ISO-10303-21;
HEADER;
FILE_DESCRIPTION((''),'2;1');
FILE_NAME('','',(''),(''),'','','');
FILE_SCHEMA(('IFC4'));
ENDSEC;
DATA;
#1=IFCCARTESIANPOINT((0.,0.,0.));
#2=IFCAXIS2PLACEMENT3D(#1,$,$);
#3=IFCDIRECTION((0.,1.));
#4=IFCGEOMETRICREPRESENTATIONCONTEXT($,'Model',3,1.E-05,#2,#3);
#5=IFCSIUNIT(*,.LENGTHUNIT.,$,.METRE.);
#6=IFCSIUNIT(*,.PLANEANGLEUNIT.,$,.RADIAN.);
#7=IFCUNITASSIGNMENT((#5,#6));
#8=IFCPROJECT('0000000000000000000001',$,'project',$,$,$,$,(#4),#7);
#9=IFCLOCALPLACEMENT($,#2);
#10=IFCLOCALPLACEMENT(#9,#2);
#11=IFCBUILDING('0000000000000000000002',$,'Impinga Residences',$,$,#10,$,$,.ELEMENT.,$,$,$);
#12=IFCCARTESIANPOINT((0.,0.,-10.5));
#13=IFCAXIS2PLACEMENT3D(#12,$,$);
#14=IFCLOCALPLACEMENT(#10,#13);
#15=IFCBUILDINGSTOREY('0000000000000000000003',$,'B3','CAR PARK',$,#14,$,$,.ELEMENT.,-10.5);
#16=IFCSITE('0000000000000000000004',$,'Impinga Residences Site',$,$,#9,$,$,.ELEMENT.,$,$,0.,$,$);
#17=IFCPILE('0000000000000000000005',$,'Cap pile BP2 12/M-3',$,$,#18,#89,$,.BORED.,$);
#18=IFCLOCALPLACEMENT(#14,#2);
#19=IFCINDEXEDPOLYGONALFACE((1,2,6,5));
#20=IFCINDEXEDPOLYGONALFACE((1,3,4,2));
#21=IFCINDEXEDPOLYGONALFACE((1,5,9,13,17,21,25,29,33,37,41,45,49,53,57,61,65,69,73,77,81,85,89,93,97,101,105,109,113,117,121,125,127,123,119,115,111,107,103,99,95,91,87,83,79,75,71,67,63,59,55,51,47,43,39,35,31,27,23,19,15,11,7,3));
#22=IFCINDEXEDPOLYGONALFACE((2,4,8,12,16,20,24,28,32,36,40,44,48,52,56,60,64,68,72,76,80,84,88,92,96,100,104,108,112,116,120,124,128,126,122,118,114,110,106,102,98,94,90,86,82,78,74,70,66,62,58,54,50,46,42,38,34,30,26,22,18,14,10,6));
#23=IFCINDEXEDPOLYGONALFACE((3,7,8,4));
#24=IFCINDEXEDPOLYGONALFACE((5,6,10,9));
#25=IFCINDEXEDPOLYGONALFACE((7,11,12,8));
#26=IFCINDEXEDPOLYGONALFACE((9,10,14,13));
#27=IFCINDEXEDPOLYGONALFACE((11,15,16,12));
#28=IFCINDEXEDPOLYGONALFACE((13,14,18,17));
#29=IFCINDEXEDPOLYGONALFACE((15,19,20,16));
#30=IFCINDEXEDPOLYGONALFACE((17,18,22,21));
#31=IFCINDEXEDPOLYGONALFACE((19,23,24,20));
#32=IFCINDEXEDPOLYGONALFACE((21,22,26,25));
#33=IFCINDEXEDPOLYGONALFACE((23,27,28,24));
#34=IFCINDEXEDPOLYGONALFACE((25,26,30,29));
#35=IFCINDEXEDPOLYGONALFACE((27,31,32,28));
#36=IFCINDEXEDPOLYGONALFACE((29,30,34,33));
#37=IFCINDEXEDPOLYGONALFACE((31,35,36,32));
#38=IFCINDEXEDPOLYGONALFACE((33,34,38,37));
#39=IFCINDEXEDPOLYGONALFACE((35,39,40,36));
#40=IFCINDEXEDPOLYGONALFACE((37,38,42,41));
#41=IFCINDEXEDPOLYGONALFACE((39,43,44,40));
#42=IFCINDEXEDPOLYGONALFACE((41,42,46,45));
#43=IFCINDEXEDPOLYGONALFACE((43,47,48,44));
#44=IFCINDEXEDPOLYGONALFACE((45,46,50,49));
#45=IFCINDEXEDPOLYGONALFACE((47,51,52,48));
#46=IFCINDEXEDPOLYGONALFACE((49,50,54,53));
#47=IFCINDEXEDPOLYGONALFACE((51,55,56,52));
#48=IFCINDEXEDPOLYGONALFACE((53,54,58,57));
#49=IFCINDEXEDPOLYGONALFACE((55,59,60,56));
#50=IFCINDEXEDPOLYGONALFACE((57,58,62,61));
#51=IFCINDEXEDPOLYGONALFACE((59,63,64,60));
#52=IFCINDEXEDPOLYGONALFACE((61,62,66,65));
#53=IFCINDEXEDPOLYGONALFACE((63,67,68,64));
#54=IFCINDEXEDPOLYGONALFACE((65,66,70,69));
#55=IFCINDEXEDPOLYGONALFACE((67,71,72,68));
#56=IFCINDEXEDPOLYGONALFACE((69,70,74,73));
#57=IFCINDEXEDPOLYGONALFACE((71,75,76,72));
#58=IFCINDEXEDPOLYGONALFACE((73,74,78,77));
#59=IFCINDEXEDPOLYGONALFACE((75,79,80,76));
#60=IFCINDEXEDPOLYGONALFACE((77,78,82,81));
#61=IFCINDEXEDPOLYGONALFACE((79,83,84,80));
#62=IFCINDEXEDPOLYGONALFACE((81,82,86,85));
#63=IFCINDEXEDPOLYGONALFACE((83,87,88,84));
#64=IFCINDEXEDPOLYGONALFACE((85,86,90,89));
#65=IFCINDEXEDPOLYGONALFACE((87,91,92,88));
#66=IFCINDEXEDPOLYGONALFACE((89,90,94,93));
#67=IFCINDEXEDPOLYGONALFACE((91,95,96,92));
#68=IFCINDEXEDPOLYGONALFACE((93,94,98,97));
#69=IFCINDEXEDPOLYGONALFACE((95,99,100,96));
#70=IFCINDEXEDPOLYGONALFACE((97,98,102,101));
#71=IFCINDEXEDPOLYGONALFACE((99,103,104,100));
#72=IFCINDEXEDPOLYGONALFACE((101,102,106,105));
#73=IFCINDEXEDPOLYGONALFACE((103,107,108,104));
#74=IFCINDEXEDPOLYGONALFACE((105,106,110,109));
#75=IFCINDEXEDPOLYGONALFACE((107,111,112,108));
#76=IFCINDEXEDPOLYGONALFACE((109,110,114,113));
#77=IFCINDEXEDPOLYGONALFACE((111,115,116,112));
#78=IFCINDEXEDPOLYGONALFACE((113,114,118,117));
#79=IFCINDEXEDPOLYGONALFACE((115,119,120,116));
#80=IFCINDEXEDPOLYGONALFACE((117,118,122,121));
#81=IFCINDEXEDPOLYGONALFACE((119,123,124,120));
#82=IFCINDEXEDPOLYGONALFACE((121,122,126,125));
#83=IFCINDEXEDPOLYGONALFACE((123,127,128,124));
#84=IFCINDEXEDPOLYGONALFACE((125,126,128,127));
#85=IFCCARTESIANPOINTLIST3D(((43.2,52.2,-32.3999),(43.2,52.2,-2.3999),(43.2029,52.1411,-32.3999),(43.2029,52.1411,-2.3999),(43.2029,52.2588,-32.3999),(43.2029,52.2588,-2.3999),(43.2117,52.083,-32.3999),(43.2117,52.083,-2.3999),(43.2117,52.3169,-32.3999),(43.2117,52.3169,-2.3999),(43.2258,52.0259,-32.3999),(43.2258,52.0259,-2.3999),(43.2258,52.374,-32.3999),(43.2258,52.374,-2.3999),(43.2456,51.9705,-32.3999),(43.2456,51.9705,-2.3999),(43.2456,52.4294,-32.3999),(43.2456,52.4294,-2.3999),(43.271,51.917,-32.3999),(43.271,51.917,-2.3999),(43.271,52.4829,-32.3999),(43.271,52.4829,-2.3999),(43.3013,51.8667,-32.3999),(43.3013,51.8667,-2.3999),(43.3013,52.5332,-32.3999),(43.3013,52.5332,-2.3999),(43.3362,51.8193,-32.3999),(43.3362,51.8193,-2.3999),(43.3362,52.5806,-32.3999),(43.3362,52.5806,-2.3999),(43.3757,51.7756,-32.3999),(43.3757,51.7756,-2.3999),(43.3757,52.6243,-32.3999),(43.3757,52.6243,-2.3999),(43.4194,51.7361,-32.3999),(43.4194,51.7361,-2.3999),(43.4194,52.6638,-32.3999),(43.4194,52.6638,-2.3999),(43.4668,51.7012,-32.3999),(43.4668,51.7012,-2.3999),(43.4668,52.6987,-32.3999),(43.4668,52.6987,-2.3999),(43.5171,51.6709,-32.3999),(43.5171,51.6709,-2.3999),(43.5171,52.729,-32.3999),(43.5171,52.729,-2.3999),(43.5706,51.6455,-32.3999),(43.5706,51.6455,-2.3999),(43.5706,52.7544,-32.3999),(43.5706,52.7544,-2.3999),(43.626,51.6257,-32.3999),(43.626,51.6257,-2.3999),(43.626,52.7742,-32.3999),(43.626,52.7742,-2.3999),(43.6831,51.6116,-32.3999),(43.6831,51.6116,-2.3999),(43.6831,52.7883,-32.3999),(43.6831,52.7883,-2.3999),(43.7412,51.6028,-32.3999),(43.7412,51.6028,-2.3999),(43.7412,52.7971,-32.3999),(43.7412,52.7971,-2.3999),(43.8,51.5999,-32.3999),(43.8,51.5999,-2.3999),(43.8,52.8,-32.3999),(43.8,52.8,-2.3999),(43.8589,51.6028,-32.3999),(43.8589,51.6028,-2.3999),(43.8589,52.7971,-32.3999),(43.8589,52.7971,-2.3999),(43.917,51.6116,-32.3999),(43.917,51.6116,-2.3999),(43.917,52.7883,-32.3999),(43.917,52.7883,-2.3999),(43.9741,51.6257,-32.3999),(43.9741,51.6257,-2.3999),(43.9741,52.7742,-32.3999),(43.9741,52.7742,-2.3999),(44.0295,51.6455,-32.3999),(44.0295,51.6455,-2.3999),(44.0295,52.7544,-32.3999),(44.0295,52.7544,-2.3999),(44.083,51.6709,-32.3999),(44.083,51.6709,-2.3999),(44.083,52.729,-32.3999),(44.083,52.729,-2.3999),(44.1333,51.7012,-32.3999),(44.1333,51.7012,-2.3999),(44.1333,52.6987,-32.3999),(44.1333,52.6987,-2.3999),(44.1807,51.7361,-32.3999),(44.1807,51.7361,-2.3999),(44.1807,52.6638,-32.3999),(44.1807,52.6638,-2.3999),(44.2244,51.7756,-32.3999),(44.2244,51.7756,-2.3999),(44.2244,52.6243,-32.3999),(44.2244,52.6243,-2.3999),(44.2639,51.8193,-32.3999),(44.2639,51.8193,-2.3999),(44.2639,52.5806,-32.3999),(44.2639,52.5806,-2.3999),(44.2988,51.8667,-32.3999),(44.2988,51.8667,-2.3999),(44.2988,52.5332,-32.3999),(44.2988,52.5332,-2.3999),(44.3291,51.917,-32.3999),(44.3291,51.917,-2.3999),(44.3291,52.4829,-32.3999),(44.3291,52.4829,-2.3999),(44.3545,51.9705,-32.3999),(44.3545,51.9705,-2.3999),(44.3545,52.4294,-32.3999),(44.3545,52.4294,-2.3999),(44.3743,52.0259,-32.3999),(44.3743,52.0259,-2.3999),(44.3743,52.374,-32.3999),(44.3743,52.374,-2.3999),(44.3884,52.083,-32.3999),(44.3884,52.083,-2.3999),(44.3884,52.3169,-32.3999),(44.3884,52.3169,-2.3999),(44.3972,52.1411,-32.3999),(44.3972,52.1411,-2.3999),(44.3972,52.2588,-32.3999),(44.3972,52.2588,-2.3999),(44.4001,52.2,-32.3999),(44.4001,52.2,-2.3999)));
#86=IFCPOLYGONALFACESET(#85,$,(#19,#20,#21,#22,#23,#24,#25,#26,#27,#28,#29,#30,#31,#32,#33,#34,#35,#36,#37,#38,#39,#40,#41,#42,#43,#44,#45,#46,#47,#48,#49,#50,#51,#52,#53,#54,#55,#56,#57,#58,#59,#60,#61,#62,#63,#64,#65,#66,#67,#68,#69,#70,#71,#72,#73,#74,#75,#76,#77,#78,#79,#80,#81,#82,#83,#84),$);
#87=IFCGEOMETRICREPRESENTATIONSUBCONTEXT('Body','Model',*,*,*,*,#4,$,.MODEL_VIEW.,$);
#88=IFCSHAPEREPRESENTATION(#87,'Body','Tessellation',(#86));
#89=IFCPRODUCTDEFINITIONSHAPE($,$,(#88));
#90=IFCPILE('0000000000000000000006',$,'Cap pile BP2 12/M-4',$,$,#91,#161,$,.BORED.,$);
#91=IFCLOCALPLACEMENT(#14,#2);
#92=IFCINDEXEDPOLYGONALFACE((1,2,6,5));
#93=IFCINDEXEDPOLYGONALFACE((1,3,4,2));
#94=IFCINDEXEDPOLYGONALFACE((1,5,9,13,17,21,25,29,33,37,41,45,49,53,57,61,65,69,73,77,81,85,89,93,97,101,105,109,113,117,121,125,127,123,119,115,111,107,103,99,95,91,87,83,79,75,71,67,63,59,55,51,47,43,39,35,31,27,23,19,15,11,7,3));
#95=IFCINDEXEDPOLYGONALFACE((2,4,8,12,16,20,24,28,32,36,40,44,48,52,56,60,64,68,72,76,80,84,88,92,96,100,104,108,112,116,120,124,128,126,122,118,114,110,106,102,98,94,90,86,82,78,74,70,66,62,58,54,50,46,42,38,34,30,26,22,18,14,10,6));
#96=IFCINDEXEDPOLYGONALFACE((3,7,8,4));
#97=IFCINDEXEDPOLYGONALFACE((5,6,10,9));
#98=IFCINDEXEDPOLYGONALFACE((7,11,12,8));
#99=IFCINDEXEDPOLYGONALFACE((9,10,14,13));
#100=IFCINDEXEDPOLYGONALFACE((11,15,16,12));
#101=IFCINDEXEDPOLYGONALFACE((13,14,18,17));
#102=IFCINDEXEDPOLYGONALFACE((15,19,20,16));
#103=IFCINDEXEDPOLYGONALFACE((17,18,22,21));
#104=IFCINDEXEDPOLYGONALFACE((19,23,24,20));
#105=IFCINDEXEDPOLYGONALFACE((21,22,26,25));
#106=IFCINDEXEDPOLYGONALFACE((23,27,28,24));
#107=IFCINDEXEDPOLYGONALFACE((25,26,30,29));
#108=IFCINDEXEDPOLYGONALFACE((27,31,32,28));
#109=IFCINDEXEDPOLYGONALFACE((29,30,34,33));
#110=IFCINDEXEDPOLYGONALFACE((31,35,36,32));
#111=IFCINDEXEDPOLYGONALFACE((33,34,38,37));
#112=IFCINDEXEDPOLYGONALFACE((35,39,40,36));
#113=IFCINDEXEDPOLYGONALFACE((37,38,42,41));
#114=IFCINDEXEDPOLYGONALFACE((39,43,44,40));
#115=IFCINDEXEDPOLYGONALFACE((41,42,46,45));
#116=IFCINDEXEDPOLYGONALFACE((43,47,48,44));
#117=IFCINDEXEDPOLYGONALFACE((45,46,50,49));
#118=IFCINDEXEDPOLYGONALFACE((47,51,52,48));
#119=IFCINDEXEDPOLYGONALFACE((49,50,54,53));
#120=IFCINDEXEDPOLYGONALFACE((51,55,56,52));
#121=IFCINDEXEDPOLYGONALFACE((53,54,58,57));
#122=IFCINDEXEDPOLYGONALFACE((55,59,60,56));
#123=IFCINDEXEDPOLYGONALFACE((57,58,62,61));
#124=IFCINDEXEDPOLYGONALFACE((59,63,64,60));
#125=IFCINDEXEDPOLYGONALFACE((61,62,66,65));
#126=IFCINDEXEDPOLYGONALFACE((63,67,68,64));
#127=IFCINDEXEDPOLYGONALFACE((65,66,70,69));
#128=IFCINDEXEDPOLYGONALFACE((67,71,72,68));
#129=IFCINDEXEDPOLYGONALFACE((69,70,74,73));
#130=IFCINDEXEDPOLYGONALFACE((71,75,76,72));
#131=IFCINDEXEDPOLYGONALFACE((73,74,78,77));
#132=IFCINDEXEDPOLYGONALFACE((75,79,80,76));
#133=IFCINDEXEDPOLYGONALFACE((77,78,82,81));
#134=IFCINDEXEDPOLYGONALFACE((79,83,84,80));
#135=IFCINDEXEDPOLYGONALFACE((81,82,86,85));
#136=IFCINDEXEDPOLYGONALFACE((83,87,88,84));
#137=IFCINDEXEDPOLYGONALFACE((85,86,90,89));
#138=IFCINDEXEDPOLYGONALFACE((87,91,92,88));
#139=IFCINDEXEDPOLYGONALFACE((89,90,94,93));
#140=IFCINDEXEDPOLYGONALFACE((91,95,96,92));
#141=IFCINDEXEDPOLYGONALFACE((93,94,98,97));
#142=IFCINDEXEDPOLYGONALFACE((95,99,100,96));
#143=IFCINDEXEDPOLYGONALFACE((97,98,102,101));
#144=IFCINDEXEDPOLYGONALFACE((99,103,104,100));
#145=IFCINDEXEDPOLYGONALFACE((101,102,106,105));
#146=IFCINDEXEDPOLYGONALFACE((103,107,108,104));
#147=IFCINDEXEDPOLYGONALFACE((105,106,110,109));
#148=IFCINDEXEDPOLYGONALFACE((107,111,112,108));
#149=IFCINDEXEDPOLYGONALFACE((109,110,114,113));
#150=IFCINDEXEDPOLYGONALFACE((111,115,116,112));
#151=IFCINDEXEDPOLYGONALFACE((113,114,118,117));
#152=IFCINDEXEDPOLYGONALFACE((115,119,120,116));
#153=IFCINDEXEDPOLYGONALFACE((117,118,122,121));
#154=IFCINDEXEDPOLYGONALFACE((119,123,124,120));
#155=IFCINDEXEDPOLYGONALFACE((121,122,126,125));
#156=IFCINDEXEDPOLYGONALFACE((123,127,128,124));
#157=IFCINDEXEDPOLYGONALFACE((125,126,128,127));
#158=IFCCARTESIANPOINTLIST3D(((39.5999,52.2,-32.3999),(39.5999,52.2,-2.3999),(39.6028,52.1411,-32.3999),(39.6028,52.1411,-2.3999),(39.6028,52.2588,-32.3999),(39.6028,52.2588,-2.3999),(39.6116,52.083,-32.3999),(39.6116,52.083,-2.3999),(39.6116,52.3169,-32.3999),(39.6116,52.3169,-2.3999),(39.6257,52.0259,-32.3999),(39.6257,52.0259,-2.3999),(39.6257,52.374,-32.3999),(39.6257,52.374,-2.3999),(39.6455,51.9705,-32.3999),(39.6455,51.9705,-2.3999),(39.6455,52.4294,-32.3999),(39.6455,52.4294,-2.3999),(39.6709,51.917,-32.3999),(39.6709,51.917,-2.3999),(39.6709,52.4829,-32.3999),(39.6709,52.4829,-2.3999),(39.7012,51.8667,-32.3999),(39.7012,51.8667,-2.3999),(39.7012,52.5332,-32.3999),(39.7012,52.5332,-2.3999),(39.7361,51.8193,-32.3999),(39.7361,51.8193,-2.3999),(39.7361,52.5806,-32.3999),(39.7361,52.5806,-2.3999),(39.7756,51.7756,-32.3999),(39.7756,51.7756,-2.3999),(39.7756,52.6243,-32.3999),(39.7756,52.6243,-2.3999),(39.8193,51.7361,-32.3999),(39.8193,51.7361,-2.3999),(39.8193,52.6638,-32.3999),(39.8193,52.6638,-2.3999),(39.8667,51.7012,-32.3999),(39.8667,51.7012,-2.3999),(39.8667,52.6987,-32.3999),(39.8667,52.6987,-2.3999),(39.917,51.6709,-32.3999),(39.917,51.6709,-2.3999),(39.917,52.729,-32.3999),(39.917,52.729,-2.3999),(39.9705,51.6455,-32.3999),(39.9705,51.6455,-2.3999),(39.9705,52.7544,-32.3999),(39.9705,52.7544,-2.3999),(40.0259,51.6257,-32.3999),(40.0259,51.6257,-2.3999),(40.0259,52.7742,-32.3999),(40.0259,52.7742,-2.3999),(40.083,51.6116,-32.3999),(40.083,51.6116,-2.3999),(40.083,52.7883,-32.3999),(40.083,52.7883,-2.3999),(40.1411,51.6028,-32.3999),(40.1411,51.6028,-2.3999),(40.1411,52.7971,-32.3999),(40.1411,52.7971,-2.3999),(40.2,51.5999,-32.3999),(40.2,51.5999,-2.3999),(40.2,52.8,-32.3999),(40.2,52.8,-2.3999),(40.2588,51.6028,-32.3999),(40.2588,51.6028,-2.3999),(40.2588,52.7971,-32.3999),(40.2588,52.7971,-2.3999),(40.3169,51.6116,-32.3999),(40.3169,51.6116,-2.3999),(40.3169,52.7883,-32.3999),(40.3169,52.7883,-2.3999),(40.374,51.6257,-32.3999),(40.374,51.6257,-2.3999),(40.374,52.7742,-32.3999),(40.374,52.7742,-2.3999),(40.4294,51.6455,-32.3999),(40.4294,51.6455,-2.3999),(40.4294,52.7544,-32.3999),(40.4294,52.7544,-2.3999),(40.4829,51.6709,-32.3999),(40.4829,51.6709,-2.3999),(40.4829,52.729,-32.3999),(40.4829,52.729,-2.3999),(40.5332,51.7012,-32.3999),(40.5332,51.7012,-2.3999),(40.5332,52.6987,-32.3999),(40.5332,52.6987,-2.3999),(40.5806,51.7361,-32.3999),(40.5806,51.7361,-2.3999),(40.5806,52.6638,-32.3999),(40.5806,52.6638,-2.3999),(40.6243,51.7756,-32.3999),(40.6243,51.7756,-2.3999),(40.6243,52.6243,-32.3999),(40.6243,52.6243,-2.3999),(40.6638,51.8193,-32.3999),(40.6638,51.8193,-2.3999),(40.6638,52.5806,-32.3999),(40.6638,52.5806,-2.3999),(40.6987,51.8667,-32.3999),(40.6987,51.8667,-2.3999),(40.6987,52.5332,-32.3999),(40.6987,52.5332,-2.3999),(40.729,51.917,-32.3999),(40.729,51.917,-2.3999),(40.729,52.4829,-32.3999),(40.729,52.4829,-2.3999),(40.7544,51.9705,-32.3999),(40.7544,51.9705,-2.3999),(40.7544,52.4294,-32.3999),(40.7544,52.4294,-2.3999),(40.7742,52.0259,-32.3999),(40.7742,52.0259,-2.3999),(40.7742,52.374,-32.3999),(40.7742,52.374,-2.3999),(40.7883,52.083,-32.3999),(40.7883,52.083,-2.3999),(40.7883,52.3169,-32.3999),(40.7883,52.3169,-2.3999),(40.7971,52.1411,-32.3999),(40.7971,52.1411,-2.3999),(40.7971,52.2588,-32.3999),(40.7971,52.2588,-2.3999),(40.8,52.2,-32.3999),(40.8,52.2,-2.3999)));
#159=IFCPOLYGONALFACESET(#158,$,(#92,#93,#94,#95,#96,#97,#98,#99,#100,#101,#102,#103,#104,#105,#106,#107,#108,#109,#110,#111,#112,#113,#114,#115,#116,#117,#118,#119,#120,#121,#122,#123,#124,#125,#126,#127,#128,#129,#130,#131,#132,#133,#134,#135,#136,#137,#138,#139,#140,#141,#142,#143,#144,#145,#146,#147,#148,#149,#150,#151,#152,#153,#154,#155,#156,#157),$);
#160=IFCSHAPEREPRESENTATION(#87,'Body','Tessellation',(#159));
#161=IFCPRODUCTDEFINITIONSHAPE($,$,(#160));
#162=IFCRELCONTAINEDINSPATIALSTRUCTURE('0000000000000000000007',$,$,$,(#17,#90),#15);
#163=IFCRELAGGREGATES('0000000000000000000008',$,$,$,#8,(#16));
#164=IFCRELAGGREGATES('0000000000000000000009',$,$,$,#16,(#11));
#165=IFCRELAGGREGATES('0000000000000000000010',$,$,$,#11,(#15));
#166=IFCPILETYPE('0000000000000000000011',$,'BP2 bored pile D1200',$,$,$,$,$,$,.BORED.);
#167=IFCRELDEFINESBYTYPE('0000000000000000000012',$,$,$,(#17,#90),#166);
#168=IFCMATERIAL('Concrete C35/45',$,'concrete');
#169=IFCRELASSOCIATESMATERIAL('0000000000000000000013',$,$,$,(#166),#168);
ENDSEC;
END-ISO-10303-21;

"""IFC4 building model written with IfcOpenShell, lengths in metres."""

from ifc_helpers import new_model, si_unit, direction, frame, origin, origin_2d, place, context, subcontext, project, spatial, polyline, circle, outline, extrude, material, material_profile, profile_set, type_object, element, save


model = new_model("IFC4")

# Units and contexts
model_context = context("Model", 3, precision=1e-05, world=origin(), true_north=direction((0.0, 1.0)))
body_context = subcontext(model_context, "Body", "Model", "MODEL_VIEW")
ifc_project = project(units=[si_unit("LENGTHUNIT", "METRE"), si_unit("PLANEANGLEUNIT", "RADIAN")], contexts=[model_context])

# Site, building, storey
site_placement = place(None, origin())
site = spatial("IfcSite", under=ifc_project, at=site_placement, Name="Impinga Residences Site", CompositionType="ELEMENT", RefElevation=0.0)
building_placement = place(site_placement, origin())
building = spatial("IfcBuilding", under=site, at=building_placement, Name="Impinga Residences", CompositionType="ELEMENT")
storey_placement = place(building_placement, frame((0.0, 0.0, -10.5)))
storey = spatial("IfcBuildingStorey", under=building, at=storey_placement, Name="B3", Description="CAR PARK", CompositionType="ELEMENT", Elevation=-10.5)

# Piles
ifc_material_1 = material(Name="Concrete C35/45", Category="concrete")
ifc_material_profile_1 = material_profile(ifc_material_1, circle(Radius=0.6001, at=origin_2d()), Name="D1200")
ifc_profile_set_1 = profile_set([ifc_material_profile_1], Name="Concrete C35/45")
pile_type = type_object("IfcPileType", Name="BP2 bored pile D1200", PredefinedType="BORED", material=ifc_profile_set_1)
pile_1_placement = place(storey_placement, frame((43.8, 52.2, -2.3999), z_axis=(0.0, 0.0, -1.0), x_axis=(1.0, 0.0, 0.0)))
element("IfcPile", 1, at=pile_1_placement, inside=storey, type_object=pile_type, Name="Cap pile BP2 12/M-3", PredefinedType="BORED", context=body_context, shape_type="SweptSolid", body=[
    extrude(outline(polyline([(0.6001, 0.0), (0.5972, 0.0588), (0.5884, 0.1169), (0.5742, 0.1741), (0.5544, 0.2295), (0.5291, 0.283), (0.4988, 0.3333), (0.4639, 0.3806), (0.4243, 0.4243), (0.3806, 0.4639), (0.3333, 0.4988), (0.283, 0.5291), (0.2295, 0.5544), (0.1741, 0.5742), (0.1169, 0.5884), (0.0588, 0.5972), (0.0, 0.6001), (-0.0588, 0.5972), (-0.1169, 0.5884), (-0.1741, 0.5742), (-0.2295, 0.5544), (-0.283, 0.5291), (-0.3333, 0.4988), (-0.3806, 0.4639), (-0.4243, 0.4243), (-0.4639, 0.3806), (-0.4988, 0.3333), (-0.5291, 0.283), (-0.5544, 0.2295), (-0.5742, 0.1741), (-0.5884, 0.1169), (-0.5972, 0.0588), (-0.6001, 0.0), (-0.5972, -0.0588), (-0.5884, -0.1169), (-0.5742, -0.1741), (-0.5544, -0.2295), (-0.5291, -0.283), (-0.4988, -0.3333), (-0.4639, -0.3806), (-0.4243, -0.4243), (-0.3806, -0.4639), (-0.3333, -0.4988), (-0.283, -0.5291), (-0.2295, -0.5544), (-0.1741, -0.5742), (-0.1169, -0.5884), (-0.0588, -0.5972), (0.0, -0.6001), (0.0588, -0.5972), (0.1169, -0.5884), (0.1741, -0.5742), (0.2295, -0.5544), (0.283, -0.5291), (0.3333, -0.4988), (0.3806, -0.4639), (0.4243, -0.4243), (0.4639, -0.3806), (0.4988, -0.3333), (0.5291, -0.283), (0.5544, -0.2295), (0.5742, -0.1741), (0.5884, -0.1169), (0.5972, -0.0588), (0.6001, 0.0)])), origin(), (0.0, 0.0, 1.0), 30.0),
])
pile_2_placement = place(storey_placement, frame((40.2, 52.2, -2.3999), z_axis=(0.0, 0.0, -1.0), x_axis=(1.0, 0.0, 0.0)))
element("IfcPile", 2, at=pile_2_placement, inside=storey, type_object=pile_type, Name="Cap pile BP2 12/M-4", PredefinedType="BORED", context=body_context, shape_type="SweptSolid", body=[
    extrude(outline(polyline([(0.6001, 0.0), (0.5972, 0.0588), (0.5884, 0.1169), (0.5742, 0.1741), (0.5544, 0.2295), (0.5291, 0.283), (0.4988, 0.3333), (0.4639, 0.3806), (0.4243, 0.4243), (0.3806, 0.4639), (0.3333, 0.4988), (0.283, 0.5291), (0.2295, 0.5544), (0.1741, 0.5742), (0.1169, 0.5884), (0.0588, 0.5972), (0.0, 0.6001), (-0.0588, 0.5972), (-0.1169, 0.5884), (-0.1741, 0.5742), (-0.2295, 0.5544), (-0.283, 0.5291), (-0.3333, 0.4988), (-0.3806, 0.4639), (-0.4243, 0.4243), (-0.4639, 0.3806), (-0.4988, 0.3333), (-0.5291, 0.283), (-0.5544, 0.2295), (-0.5742, 0.1741), (-0.5884, 0.1169), (-0.5972, 0.0588), (-0.6001, 0.0), (-0.5972, -0.0588), (-0.5884, -0.1169), (-0.5742, -0.1741), (-0.5544, -0.2295), (-0.5291, -0.283), (-0.4988, -0.3333), (-0.4639, -0.3806), (-0.4243, -0.4243), (-0.3806, -0.4639), (-0.3333, -0.4988), (-0.283, -0.5291), (-0.2295, -0.5544), (-0.1741, -0.5742), (-0.1169, -0.5884), (-0.0588, -0.5972), (0.0, -0.6001), (0.0588, -0.5972), (0.1169, -0.5884), (0.1741, -0.5742), (0.2295, -0.5544), (0.283, -0.5291), (0.3333, -0.4988), (0.3806, -0.4639), (0.4243, -0.4243), (0.4639, -0.3806), (0.4988, -0.3333), (0.5291, -0.283), (0.5544, -0.2295), (0.5742, -0.1741), (0.5884, -0.1169), (0.5972, -0.0588), (0.6001, 0.0)])), origin(), (0.0, 0.0, 1.0), 30.0),
])

save(model, "model.ifc")
